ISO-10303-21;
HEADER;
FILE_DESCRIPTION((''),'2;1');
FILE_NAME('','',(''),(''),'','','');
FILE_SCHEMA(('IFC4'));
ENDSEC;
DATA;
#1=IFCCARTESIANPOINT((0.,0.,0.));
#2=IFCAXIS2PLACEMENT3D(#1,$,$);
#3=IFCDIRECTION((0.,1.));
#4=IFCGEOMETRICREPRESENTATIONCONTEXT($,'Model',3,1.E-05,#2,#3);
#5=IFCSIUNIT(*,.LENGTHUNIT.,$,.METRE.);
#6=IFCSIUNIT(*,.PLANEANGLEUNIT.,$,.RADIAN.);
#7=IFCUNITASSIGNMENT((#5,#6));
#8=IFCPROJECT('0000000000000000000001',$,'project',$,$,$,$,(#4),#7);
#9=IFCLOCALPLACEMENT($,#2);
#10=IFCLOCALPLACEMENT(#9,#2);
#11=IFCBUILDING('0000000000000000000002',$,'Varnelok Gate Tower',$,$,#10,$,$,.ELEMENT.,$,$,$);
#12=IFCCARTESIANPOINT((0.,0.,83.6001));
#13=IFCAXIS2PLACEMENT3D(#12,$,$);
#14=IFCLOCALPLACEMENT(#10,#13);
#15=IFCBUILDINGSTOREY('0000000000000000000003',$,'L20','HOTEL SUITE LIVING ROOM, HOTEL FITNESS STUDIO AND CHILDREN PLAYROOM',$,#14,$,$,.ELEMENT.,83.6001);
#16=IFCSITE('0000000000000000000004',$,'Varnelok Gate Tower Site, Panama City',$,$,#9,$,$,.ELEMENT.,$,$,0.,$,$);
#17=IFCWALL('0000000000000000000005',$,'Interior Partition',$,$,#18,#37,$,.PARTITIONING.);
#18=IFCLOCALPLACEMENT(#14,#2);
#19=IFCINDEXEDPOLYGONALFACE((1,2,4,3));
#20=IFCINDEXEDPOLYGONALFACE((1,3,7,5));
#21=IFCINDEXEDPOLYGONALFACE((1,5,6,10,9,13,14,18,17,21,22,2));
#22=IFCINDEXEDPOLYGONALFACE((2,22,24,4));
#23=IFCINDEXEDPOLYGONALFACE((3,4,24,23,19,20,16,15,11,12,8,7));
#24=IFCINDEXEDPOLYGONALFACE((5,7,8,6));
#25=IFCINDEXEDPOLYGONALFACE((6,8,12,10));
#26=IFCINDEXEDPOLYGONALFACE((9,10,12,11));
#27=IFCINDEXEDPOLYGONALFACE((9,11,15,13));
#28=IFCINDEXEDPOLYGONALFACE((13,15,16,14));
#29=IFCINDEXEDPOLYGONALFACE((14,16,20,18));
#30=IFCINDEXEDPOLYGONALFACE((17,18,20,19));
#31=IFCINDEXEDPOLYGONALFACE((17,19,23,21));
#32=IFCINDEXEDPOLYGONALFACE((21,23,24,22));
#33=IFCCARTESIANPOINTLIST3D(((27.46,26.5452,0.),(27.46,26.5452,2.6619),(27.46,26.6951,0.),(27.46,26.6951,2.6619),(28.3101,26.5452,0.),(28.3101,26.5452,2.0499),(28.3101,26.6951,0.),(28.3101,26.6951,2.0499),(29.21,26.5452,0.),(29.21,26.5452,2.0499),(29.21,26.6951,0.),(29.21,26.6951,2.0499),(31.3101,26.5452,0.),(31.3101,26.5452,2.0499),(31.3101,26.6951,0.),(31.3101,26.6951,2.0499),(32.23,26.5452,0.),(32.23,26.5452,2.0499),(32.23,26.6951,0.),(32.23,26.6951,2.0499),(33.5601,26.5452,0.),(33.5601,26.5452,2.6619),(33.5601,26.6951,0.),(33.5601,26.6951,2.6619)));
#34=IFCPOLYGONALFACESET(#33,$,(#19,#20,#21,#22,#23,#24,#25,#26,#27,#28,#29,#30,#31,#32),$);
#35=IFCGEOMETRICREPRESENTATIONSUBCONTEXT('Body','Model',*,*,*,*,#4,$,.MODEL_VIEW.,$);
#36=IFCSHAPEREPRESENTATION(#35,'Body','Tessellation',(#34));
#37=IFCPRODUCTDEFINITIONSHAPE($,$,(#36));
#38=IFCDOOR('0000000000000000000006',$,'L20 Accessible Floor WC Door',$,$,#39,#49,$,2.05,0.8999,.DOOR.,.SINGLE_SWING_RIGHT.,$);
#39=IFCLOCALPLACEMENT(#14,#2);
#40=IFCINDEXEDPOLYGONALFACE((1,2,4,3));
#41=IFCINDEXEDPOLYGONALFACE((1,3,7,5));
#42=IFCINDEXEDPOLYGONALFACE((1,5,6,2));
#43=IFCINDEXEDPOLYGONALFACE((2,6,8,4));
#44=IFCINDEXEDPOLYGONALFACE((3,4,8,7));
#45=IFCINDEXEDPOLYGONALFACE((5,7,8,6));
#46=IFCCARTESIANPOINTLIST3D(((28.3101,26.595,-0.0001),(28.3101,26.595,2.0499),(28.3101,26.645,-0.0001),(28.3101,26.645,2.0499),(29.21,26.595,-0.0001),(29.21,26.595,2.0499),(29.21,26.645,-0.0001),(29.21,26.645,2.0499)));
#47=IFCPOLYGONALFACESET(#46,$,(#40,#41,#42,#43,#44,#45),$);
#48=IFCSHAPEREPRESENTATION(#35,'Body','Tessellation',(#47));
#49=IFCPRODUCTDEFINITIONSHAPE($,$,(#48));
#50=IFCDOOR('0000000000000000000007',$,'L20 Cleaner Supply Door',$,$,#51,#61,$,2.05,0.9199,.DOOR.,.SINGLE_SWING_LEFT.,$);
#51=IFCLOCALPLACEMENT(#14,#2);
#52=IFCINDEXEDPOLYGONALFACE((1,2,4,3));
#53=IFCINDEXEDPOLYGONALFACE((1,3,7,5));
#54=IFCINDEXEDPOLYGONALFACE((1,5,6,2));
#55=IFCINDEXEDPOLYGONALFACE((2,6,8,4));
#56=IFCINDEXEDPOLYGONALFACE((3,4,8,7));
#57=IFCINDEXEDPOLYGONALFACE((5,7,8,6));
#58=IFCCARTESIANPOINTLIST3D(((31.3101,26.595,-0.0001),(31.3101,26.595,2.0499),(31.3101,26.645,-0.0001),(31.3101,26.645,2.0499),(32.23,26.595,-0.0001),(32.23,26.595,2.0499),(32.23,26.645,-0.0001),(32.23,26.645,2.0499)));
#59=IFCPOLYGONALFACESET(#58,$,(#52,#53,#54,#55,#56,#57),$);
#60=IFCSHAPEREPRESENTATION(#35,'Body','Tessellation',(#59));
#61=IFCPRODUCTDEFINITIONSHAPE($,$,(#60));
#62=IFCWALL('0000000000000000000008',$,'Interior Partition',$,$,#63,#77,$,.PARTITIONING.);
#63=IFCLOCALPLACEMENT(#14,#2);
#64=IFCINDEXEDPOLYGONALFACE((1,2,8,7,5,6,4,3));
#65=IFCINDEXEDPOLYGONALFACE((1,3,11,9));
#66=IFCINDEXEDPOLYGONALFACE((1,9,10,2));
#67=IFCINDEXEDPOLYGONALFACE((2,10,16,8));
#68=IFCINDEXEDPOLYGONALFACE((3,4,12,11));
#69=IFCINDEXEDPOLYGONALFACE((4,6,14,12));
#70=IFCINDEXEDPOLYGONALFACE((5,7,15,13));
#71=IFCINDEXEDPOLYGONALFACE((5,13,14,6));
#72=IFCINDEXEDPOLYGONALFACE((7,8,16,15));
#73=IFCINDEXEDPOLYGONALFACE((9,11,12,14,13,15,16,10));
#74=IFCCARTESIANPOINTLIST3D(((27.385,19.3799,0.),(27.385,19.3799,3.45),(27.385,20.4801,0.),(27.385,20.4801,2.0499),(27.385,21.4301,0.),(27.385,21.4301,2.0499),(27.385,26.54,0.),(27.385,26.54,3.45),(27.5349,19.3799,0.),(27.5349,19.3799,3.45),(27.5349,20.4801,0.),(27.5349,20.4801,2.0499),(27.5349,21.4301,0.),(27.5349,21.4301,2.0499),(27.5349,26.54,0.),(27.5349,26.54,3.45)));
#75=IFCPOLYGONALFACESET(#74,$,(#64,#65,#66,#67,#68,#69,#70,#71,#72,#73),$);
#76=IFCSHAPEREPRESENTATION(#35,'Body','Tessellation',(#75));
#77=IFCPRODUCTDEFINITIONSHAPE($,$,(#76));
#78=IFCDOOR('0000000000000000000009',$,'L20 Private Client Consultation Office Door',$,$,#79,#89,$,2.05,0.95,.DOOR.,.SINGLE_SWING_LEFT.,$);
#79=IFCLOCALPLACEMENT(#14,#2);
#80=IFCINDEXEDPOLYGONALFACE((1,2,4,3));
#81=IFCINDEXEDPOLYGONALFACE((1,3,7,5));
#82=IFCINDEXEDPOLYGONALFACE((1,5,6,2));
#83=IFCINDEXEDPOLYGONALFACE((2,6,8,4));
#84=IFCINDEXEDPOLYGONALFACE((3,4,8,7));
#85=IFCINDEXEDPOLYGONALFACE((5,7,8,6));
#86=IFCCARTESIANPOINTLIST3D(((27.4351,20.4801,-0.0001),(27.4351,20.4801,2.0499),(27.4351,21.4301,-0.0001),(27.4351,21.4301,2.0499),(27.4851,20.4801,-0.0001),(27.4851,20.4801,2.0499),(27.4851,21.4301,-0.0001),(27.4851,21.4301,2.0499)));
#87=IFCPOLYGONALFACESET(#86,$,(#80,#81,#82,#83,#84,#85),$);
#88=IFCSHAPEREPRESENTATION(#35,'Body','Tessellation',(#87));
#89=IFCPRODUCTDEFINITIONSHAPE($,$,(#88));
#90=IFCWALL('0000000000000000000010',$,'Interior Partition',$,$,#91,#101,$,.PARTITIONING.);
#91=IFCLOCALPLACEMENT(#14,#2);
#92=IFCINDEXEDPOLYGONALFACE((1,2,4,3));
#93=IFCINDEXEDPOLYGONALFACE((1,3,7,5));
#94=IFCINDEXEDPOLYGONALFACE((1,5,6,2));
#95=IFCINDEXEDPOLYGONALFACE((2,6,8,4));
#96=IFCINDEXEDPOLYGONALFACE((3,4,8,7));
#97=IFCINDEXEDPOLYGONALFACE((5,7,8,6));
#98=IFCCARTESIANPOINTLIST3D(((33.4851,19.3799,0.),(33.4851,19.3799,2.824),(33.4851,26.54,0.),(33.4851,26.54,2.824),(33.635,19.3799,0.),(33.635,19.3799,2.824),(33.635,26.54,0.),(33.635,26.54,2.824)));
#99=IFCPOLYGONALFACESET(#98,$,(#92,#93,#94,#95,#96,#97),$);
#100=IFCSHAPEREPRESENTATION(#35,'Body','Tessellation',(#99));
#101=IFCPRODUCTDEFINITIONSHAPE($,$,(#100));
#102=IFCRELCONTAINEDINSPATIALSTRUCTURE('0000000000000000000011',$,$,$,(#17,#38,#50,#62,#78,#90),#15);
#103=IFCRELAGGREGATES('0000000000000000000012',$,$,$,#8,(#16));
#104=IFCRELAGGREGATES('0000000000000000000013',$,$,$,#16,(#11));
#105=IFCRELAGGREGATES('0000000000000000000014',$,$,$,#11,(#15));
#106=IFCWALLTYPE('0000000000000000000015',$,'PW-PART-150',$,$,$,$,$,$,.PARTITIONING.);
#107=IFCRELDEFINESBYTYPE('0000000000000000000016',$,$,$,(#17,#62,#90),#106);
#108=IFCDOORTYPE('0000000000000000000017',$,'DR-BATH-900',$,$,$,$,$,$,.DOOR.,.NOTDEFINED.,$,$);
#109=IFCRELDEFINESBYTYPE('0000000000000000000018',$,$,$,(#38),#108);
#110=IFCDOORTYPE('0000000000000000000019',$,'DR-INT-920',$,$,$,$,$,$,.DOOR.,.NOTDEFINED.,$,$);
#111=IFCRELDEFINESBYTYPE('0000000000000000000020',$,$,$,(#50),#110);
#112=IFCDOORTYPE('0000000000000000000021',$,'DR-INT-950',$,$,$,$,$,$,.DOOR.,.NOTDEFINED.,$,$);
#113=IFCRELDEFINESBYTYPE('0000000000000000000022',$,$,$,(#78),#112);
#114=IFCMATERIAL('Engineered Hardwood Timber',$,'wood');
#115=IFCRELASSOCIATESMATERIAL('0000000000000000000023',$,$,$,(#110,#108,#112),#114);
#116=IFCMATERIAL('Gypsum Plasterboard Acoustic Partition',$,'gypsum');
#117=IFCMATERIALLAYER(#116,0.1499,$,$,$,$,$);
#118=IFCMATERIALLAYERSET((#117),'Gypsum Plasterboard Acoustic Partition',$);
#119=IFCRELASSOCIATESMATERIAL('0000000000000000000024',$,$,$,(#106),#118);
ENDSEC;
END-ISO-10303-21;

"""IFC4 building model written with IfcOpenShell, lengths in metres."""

from ifc_helpers import new_model, si_unit, direction, frame, frame_2d, origin, place, context, subcontext, project, spatial, rectangle, extrude, material, layer, layer_set, type_object, element, fill, save


model = new_model("IFC4")

# Units and contexts
model_context = context("Model", 3, precision=1e-05, world=origin(), true_north=direction((0.0, 1.0)))
body_context = subcontext(model_context, "Body", "Model", "MODEL_VIEW")
ifc_project = project(units=[si_unit("LENGTHUNIT", "METRE"), si_unit("PLANEANGLEUNIT", "RADIAN")], contexts=[model_context])

# Site, building, storey
site_placement = place(None, origin())
site = spatial("IfcSite", under=ifc_project, at=site_placement, Name="Varnelok Gate Tower Site, Panama City", CompositionType="ELEMENT", RefElevation=0.0)
building_placement = place(site_placement, origin())
building = spatial("IfcBuilding", under=site, at=building_placement, Name="Varnelok Gate Tower", CompositionType="ELEMENT")
storey_placement = place(building_placement, frame((0.0, 0.0, 83.6001)))
storey = spatial("IfcBuildingStorey", under=building, at=storey_placement, Name="L20", Description="HOTEL SUITE LIVING ROOM, HOTEL FITNESS STUDIO AND CHILDREN PLAYROOM", CompositionType="ELEMENT", Elevation=83.6001)

# Shared definitions
ifc_material_1 = material(Name="Gypsum Plasterboard Acoustic Partition", Category="gypsum")
ifc_material_2 = material(Name="Engineered Hardwood Timber", Category="wood")
door_type_1 = type_object("IfcDoorType", Name="DR-INT-920", OperationType="NOTDEFINED", PredefinedType="DOOR", material=ifc_material_2)

# Shared definitions
ifc_layer_1 = layer(ifc_material_1, 0.1499)
ifc_layer_set_1 = layer_set([ifc_layer_1], Name="Gypsum Plasterboard Acoustic Partition")
wall_type_1 = type_object("IfcWallType", Name="PW-PART-150", PredefinedType="PARTITIONING", material=ifc_layer_set_1)

# Wall, openings, doors
wall_1_placement = place(storey_placement, frame((27.46, 26.6201, 0.0), z_axis=(0.0, 0.0, 1.0), x_axis=(1.0, 0.0, 0.0)))
wall_1 = element("IfcWall", 1, at=wall_1_placement, inside=storey, type_object=wall_type_1, Name="Interior Partition", PredefinedType="PARTITIONING", context=body_context, shape_type="SweptSolid", body=[
    extrude(rectangle(XDim=6.1001, YDim=0.1499, at=frame_2d((3.05, 0.0))), origin(), (0.0, 0.0, 1.0), 2.6619),
])
opening_1_placement = place(wall_1_placement, frame((0.8501, 0.0, 0.0)))
opening_1 = element("IfcOpeningElement", 2, at=opening_1_placement, cuts=wall_1, PredefinedType="OPENING", context=body_context, shape_type="SweptSolid", body=[
    extrude(rectangle(XDim=0.8999, YDim=2.05, at=frame_2d((0.45, 1.0249))), frame((0.0, 0.085, 0.0), z_axis=(0.0, -1.0, 0.0), x_axis=(1.0, 0.0, 0.0)), (0.0, 0.0, 1.0), 0.1699),
])
opening_2_placement = place(wall_1_placement, frame((3.8501, 0.0, 0.0)))
opening_2 = element("IfcOpeningElement", 3, at=opening_2_placement, cuts=wall_1, PredefinedType="OPENING", context=body_context, shape_type="SweptSolid", body=[
    extrude(rectangle(XDim=0.9199, YDim=2.05, at=frame_2d((0.46, 1.0249))), frame((0.0, 0.085, 0.0), z_axis=(0.0, -1.0, 0.0), x_axis=(1.0, 0.0, 0.0)), (0.0, 0.0, 1.0), 0.1699),
])
door_type_2 = type_object("IfcDoorType", Name="DR-BATH-900", OperationType="NOTDEFINED", PredefinedType="DOOR", material=ifc_material_2)
door_1_placement = place(opening_1_placement, origin())
door_1 = element("IfcDoor", 4, at=door_1_placement, inside=storey, type_object=door_type_2, Name="L20 Accessible Floor WC Door", OperationType="SINGLE_SWING_RIGHT", OverallHeight=2.05, OverallWidth=0.8999, PredefinedType="DOOR", context=body_context, shape_type="SweptSolid", body=[
    extrude(rectangle(XDim=0.8999, YDim=2.05, at=frame_2d((0.45, 1.0249))), frame((0.0, 0.0249, 0.0), z_axis=(0.0, -1.0, 0.0), x_axis=(1.0, 0.0, 0.0)), (0.0, 0.0, 1.0), 0.05),
])
fill(opening_1, door_1)
door_2_placement = place(opening_2_placement, origin())
door_2 = element("IfcDoor", 5, at=door_2_placement, inside=storey, type_object=door_type_1, Name="L20 Cleaner Supply Door", OperationType="SINGLE_SWING_LEFT", OverallHeight=2.05, OverallWidth=0.9199, PredefinedType="DOOR", context=body_context, shape_type="SweptSolid", body=[
    extrude(rectangle(XDim=0.9199, YDim=2.05, at=frame_2d((0.46, 1.0249))), frame((0.0, 0.0249, 0.0), z_axis=(0.0, -1.0, 0.0), x_axis=(1.0, 0.0, 0.0)), (0.0, 0.0, 1.0), 0.05),
])
fill(opening_2, door_2)

# Wall, opening, door
wall_2_placement = place(storey_placement, frame((27.46, 19.3799, 0.0), z_axis=(0.0, 0.0, 1.0), x_axis=(0.0, 1.0, 0.0)))
wall_2 = element("IfcWall", 6, at=wall_2_placement, inside=storey, type_object=wall_type_1, Name="Interior Partition", PredefinedType="PARTITIONING", context=body_context, shape_type="SweptSolid", body=[
    extrude(rectangle(XDim=7.1602, YDim=0.1499, at=frame_2d((3.5801, 0.0))), origin(), (0.0, 0.0, 1.0), 3.45),
])
opening_3_placement = place(wall_2_placement, frame((1.1001, 0.0, 0.0)))
opening_3 = element("IfcOpeningElement", 7, at=opening_3_placement, cuts=wall_2, PredefinedType="OPENING", context=body_context, shape_type="SweptSolid", body=[
    extrude(rectangle(XDim=0.95, YDim=2.05, at=frame_2d((0.4751, 1.0249))), frame((0.0, 0.085, 0.0), z_axis=(0.0, -1.0, 0.0), x_axis=(1.0, 0.0, 0.0)), (0.0, 0.0, 1.0), 0.1699),
])
door_type_3 = type_object("IfcDoorType", Name="DR-INT-950", OperationType="NOTDEFINED", PredefinedType="DOOR", material=ifc_material_2)
door_3_placement = place(opening_3_placement, origin())
door_3 = element("IfcDoor", 8, at=door_3_placement, inside=storey, type_object=door_type_3, Name="L20 Private Client Consultation Office Door", OperationType="SINGLE_SWING_LEFT", OverallHeight=2.05, OverallWidth=0.95, PredefinedType="DOOR", context=body_context, shape_type="SweptSolid", body=[
    extrude(rectangle(XDim=0.95, YDim=2.05, at=frame_2d((0.4751, 1.0249))), frame((0.0, 0.0249, 0.0), z_axis=(0.0, -1.0, 0.0), x_axis=(1.0, 0.0, 0.0)), (0.0, 0.0, 1.0), 0.05),
])
fill(opening_3, door_3)

# Wall
wall_3_placement = place(storey_placement, frame((33.5601, 19.3799, 0.0), z_axis=(0.0, 0.0, 1.0), x_axis=(0.0, 1.0, 0.0)))
element("IfcWall", 9, at=wall_3_placement, inside=storey, type_object=wall_type_1, Name="Interior Partition", PredefinedType="PARTITIONING", context=body_context, shape_type="SweptSolid", body=[
    extrude(rectangle(XDim=7.1602, YDim=0.1499, at=frame_2d((3.5801, 0.0))), origin(), (0.0, 0.0, 1.0), 2.824),
])

save(model, "model.ifc")
